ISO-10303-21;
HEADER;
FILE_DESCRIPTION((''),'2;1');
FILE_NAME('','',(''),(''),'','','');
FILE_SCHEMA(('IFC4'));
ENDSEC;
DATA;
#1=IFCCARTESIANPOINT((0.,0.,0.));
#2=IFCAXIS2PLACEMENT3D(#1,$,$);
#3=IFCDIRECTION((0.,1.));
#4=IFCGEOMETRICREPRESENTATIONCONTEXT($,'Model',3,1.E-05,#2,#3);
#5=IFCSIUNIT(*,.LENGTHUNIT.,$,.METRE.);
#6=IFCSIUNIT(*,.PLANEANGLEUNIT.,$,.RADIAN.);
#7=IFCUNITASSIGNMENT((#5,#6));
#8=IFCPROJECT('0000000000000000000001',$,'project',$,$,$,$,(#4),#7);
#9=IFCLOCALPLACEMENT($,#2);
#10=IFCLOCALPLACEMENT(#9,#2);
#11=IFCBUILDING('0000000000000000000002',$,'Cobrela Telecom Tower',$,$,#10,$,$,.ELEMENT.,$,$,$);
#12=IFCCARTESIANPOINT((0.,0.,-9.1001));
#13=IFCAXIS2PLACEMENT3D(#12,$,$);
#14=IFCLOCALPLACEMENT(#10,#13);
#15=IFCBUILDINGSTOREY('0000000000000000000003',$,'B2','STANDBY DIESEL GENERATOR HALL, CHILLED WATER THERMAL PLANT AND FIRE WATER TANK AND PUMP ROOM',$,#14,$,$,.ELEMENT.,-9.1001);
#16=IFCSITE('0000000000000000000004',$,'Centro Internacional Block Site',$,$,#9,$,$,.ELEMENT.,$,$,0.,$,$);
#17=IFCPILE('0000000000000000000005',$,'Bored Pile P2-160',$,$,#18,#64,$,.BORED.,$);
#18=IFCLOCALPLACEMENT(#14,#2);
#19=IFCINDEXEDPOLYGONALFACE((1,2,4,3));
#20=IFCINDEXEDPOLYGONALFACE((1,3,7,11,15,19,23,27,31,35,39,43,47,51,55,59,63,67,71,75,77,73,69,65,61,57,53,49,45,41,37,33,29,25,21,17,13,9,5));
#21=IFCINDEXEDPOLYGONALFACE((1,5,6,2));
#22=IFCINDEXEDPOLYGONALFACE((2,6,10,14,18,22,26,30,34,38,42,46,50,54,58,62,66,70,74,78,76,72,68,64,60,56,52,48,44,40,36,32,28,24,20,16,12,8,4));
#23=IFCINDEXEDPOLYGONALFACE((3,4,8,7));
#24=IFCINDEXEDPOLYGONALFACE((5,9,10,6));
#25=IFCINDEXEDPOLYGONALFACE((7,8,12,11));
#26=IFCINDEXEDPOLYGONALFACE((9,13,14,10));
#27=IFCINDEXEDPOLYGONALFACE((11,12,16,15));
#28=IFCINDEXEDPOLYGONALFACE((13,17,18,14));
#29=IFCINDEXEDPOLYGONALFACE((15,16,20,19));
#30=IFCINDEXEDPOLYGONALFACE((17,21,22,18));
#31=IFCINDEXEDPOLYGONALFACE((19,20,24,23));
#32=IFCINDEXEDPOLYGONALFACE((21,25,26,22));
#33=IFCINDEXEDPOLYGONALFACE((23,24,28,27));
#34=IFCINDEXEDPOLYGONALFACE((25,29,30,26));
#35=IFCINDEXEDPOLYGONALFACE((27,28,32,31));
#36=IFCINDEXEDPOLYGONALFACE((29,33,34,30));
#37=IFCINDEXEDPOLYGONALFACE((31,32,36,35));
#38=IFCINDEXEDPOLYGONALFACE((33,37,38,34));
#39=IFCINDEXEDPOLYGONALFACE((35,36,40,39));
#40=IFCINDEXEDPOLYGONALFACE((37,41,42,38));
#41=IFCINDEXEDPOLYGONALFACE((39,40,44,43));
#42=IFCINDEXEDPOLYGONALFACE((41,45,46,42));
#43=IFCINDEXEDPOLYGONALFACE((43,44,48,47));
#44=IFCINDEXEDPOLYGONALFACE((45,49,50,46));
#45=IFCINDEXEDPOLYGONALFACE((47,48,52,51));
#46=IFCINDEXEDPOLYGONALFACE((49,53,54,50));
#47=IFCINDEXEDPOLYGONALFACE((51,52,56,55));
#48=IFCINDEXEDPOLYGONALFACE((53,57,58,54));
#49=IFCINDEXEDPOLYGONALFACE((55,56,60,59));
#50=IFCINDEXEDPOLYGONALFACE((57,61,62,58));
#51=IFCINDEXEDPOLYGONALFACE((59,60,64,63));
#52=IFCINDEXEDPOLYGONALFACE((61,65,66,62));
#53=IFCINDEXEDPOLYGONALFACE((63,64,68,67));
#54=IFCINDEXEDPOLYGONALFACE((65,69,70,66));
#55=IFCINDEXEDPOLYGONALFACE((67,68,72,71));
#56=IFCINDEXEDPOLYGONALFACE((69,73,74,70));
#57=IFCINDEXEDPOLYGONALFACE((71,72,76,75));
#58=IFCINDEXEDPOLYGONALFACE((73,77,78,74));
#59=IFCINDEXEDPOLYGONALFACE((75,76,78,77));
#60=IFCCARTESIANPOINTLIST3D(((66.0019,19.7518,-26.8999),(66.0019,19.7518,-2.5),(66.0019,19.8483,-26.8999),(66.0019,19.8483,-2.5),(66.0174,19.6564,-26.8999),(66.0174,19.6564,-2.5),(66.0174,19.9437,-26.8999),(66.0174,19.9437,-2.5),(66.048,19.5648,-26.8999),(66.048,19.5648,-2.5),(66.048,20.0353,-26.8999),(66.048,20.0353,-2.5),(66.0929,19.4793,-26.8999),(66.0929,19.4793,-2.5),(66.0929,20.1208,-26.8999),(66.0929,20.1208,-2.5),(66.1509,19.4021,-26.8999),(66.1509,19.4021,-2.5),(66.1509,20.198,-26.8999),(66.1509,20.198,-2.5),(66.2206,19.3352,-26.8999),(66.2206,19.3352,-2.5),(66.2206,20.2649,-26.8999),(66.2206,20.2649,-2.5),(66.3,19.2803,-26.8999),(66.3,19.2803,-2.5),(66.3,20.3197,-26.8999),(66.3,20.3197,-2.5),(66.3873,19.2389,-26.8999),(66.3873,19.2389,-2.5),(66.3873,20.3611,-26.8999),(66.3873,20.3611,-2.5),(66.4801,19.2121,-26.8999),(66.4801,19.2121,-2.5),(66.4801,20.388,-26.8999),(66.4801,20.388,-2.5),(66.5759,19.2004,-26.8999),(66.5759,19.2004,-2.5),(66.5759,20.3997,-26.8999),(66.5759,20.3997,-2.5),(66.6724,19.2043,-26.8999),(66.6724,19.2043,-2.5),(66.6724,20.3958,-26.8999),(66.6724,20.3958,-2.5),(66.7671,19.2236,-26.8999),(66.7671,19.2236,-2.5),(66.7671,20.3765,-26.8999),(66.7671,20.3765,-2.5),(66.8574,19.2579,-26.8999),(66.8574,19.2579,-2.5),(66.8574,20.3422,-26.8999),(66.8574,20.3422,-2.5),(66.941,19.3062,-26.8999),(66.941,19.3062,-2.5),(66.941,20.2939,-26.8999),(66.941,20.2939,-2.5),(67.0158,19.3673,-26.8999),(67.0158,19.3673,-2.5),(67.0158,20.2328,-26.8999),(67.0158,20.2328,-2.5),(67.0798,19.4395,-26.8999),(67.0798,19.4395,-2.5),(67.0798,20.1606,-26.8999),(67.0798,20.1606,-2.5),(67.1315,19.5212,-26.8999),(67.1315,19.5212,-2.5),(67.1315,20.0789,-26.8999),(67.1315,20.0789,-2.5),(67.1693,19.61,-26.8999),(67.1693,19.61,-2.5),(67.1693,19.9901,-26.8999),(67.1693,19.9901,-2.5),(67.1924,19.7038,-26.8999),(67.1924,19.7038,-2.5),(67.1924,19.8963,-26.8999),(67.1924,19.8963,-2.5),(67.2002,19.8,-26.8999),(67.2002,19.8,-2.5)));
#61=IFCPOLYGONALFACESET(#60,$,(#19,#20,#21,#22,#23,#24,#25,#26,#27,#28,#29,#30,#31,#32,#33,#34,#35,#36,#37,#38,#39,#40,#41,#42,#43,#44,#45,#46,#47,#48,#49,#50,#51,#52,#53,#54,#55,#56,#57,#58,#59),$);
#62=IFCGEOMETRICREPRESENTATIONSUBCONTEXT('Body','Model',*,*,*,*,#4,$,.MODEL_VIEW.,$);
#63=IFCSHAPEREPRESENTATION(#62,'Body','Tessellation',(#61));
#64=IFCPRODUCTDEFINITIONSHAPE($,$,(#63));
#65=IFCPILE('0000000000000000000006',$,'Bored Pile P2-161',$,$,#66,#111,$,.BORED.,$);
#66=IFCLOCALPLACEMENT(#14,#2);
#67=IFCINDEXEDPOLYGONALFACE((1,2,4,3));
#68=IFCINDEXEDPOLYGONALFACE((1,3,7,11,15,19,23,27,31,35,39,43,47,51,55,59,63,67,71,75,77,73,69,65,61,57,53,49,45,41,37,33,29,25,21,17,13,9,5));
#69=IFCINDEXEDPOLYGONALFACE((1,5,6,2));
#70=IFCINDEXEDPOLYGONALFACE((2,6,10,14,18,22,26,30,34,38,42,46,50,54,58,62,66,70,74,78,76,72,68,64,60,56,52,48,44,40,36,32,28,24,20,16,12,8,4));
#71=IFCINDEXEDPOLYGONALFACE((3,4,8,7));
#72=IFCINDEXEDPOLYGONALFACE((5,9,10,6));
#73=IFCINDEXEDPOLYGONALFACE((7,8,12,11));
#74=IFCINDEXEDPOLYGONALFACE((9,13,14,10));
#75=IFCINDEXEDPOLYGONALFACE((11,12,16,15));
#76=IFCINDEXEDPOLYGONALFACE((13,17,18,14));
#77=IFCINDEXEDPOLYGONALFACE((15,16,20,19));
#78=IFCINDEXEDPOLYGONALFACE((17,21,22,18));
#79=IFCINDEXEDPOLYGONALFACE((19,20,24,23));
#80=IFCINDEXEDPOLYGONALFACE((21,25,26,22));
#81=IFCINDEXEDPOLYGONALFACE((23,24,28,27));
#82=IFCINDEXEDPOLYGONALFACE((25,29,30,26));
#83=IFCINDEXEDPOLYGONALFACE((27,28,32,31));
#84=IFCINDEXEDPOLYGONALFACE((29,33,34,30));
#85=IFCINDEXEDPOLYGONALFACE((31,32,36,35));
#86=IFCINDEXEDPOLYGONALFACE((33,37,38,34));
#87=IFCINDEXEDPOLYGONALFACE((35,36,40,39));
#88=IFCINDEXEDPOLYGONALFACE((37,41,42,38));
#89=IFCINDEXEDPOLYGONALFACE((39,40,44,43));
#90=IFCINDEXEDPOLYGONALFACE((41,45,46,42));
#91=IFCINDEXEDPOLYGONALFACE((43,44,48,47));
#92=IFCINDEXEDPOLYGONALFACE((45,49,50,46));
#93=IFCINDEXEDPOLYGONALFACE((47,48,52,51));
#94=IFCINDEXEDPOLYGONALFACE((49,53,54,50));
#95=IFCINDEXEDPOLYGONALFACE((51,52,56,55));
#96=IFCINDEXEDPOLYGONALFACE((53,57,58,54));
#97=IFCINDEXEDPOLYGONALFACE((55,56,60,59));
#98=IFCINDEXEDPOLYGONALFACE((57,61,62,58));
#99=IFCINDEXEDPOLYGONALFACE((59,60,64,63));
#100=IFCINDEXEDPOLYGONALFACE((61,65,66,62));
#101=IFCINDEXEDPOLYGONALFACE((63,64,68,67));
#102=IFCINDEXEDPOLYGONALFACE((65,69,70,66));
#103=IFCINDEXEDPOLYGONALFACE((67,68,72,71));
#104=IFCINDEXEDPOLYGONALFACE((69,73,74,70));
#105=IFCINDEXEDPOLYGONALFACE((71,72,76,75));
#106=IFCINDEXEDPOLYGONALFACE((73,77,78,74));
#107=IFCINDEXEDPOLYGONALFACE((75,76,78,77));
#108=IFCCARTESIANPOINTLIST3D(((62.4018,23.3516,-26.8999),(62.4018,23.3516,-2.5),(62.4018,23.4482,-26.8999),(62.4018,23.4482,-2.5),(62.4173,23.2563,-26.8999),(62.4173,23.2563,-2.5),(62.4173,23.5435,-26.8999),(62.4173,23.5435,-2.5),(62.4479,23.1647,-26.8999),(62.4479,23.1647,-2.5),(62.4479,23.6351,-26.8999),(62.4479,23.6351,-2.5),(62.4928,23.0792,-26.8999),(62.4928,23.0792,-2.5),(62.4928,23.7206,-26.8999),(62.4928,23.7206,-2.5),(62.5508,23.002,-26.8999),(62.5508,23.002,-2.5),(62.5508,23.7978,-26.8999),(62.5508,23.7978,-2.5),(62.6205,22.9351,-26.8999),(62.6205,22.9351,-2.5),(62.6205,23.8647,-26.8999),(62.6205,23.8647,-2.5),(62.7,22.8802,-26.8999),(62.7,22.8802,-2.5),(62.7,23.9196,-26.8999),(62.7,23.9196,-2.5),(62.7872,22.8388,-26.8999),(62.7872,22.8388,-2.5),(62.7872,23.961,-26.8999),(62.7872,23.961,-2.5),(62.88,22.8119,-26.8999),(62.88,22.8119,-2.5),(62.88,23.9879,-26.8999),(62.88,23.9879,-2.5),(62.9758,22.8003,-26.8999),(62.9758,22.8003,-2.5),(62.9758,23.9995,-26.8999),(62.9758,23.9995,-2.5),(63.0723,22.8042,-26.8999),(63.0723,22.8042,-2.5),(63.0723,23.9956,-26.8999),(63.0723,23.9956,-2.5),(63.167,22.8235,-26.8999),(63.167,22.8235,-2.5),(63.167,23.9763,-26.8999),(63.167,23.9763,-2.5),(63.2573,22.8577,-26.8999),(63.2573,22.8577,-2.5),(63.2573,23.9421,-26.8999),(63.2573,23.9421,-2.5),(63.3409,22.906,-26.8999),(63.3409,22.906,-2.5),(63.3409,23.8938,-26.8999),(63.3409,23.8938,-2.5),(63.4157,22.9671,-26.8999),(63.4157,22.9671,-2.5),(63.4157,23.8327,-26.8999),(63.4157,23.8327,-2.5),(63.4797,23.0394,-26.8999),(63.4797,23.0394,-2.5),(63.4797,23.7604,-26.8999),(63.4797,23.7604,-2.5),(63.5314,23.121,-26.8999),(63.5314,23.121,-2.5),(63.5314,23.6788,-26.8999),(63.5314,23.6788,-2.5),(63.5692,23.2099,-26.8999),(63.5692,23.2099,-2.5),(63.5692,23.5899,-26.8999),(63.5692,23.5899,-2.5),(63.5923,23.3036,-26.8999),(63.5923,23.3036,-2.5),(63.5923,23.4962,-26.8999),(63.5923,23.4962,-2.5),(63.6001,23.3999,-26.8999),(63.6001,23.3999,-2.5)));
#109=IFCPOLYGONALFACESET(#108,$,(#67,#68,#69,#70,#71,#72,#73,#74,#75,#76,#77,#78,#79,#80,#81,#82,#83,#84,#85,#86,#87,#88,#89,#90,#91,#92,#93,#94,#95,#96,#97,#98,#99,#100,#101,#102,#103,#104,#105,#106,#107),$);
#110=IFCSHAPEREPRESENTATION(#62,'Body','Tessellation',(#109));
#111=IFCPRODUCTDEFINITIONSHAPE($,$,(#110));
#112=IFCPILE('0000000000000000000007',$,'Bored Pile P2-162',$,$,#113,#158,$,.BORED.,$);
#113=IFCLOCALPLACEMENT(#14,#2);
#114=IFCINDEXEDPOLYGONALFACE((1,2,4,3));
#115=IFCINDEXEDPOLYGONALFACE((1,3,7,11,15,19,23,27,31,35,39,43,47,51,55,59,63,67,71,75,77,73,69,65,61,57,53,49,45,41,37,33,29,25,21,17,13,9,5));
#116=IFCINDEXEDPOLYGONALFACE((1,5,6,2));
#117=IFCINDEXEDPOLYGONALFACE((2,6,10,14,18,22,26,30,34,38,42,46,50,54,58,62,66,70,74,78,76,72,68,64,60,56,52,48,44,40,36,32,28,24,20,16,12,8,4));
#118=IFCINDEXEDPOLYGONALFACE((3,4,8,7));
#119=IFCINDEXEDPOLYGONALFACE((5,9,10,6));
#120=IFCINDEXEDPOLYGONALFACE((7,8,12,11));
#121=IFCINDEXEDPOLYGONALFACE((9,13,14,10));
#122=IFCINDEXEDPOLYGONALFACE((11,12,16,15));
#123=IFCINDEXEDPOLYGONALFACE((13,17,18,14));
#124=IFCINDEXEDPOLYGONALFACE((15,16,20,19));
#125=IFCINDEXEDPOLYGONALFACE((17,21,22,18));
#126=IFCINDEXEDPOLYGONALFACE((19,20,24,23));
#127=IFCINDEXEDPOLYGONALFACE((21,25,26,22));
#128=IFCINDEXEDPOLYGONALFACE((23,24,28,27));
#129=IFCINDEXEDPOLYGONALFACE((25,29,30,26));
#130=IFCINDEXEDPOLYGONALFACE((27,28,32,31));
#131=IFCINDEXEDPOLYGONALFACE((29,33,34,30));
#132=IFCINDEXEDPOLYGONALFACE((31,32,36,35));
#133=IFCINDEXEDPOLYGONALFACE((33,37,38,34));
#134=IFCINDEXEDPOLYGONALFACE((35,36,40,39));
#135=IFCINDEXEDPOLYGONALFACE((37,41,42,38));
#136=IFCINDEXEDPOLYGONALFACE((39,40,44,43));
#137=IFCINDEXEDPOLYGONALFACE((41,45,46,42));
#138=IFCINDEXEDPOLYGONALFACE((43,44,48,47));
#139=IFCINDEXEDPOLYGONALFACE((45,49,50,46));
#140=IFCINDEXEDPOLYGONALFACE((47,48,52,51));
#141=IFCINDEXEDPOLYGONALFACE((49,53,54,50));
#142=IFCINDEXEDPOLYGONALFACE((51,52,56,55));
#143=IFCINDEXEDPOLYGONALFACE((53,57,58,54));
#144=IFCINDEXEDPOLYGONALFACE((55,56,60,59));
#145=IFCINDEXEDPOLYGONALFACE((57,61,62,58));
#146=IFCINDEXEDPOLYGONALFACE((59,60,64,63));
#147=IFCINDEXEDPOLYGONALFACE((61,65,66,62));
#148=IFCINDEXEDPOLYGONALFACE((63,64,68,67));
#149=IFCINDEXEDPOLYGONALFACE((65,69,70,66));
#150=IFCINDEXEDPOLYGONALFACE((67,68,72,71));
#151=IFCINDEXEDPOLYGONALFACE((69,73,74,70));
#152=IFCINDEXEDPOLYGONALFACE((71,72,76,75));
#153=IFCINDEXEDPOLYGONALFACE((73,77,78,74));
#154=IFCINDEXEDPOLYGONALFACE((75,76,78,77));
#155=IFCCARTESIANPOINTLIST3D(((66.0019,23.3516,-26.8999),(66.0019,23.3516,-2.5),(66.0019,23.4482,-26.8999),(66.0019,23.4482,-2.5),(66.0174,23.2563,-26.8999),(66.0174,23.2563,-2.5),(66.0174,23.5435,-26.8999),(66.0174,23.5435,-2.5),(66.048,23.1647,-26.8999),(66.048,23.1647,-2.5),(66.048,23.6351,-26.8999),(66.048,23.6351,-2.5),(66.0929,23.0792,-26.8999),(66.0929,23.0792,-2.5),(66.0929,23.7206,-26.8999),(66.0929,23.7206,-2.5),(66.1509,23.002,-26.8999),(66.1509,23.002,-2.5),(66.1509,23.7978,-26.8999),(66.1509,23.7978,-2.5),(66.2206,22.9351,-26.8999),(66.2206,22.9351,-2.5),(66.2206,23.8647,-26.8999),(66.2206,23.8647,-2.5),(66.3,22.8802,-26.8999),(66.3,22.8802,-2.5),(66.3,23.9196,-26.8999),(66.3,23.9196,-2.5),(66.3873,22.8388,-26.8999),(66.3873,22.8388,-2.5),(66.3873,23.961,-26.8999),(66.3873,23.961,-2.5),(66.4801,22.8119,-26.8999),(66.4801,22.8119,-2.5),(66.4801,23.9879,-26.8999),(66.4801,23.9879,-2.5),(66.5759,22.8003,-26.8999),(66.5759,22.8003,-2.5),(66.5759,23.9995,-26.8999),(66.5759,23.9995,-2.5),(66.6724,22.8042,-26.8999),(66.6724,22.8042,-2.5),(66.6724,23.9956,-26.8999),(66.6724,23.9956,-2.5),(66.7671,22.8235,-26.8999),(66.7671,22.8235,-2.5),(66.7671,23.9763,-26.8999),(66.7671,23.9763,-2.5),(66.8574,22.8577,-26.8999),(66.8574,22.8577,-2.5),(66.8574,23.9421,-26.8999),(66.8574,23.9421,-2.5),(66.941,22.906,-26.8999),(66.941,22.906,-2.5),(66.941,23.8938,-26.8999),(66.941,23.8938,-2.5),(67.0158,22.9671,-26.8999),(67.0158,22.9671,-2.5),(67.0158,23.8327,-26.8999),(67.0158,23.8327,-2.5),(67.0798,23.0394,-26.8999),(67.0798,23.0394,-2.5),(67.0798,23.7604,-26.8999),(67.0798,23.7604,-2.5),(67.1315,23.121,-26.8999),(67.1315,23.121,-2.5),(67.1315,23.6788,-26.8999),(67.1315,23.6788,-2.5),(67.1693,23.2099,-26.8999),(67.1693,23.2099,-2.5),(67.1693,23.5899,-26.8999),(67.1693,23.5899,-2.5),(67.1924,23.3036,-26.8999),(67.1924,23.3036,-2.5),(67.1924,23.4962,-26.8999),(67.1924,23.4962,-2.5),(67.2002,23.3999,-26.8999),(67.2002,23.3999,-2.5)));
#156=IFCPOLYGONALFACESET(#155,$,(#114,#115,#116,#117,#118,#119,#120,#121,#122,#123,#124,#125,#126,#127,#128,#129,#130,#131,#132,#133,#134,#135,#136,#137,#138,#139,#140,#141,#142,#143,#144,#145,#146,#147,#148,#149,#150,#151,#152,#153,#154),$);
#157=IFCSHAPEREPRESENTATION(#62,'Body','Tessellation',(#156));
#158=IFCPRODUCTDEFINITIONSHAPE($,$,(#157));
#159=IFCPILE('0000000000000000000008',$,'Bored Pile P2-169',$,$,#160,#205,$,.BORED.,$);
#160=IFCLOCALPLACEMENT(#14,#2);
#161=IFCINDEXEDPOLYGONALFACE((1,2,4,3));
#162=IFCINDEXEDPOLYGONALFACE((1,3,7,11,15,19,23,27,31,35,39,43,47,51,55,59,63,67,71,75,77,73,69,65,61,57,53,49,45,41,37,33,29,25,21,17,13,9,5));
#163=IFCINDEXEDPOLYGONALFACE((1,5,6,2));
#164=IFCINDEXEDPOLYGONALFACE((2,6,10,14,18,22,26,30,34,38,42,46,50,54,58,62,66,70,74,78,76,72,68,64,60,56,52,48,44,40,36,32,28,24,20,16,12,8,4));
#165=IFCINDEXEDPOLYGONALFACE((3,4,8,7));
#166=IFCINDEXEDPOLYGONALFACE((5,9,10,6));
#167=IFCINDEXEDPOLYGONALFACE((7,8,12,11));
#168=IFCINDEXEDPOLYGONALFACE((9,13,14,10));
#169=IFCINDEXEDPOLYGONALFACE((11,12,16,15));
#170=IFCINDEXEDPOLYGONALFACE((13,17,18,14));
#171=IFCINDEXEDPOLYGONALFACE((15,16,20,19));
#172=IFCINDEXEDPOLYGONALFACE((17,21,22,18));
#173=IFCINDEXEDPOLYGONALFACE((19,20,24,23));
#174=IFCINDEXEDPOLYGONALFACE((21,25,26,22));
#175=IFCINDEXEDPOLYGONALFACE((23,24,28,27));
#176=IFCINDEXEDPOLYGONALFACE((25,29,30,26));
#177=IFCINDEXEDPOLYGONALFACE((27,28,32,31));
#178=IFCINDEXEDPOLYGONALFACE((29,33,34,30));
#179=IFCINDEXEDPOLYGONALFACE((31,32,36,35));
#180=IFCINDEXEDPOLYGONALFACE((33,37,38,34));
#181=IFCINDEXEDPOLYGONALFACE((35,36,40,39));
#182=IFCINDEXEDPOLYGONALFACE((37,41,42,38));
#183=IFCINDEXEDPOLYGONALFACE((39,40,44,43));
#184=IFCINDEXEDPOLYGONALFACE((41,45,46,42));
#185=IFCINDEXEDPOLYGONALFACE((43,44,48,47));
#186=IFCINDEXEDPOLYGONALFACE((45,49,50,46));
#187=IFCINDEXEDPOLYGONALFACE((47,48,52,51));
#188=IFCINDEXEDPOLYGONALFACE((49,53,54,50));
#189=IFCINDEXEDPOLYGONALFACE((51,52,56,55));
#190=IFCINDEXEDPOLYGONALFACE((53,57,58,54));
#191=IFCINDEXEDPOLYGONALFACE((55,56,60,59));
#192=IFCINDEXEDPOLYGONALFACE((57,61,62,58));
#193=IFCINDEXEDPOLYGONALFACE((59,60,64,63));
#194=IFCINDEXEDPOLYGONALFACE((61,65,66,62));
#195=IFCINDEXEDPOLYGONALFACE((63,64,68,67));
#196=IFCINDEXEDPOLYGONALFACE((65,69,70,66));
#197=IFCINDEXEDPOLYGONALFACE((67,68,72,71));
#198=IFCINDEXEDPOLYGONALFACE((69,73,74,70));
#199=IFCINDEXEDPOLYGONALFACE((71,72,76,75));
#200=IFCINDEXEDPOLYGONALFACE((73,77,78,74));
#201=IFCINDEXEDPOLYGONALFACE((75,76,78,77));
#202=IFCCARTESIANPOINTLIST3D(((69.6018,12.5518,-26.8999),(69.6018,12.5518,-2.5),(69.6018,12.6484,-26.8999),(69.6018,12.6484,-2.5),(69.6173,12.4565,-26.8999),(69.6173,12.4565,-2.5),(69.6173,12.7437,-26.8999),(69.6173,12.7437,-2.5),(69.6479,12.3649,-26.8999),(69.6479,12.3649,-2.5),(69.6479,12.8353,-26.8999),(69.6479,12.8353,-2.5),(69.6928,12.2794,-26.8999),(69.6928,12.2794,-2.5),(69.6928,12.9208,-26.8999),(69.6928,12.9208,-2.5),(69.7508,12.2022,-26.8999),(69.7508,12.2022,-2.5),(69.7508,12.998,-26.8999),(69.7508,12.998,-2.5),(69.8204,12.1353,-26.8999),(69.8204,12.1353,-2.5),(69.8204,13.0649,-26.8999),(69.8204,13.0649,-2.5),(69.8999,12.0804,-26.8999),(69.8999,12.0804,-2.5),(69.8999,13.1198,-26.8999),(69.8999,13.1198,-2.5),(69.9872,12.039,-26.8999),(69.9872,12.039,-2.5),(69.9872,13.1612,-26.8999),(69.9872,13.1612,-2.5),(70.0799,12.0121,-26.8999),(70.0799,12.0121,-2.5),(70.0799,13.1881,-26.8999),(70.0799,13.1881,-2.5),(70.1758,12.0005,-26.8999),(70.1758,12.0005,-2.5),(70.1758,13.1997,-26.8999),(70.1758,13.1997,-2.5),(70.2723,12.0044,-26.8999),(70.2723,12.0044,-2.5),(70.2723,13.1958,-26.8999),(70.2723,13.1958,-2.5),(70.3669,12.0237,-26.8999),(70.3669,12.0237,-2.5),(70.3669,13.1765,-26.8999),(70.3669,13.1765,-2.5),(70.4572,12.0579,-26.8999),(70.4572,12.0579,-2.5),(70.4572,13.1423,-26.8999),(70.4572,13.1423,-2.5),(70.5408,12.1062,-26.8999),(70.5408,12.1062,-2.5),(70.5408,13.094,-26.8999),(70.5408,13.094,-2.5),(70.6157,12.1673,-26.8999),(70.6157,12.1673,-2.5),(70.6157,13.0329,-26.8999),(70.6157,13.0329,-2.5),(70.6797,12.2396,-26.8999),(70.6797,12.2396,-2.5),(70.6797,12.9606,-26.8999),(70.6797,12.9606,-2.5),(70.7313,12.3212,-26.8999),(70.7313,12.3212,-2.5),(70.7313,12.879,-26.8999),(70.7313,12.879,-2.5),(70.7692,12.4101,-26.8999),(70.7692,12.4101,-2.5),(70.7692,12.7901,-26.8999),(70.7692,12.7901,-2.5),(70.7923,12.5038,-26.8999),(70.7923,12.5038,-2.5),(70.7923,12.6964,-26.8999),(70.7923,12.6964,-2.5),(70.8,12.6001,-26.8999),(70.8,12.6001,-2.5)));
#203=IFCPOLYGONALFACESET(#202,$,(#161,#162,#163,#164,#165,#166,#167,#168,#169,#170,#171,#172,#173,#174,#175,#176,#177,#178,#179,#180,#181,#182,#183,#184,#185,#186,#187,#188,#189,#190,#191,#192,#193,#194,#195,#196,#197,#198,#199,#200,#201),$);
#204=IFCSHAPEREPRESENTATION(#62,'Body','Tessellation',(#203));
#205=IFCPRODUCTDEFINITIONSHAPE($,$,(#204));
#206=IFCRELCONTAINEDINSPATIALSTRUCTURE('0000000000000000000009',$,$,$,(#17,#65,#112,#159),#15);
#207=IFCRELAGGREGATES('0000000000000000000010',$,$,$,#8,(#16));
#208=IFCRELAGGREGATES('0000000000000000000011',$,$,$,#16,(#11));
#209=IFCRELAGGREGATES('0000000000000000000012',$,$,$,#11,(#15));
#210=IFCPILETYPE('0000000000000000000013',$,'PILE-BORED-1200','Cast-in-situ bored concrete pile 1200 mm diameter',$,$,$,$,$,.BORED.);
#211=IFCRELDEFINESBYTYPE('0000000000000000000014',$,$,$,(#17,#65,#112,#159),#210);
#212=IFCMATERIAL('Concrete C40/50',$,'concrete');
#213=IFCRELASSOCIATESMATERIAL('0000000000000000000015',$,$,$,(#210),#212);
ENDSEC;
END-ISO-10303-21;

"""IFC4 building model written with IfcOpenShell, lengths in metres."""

from ifc_helpers import new_model, si_unit, direction, frame, origin, origin_2d, place, context, subcontext, project, spatial, circle, extrude, material, material_profile, profile_set, type_object, element, save


model = new_model("IFC4")

# Units and contexts
model_context = context("Model", 3, precision=1e-05, world=origin(), true_north=direction((0.0, 1.0)))
body_context = subcontext(model_context, "Body", "Model", "MODEL_VIEW")
ifc_project = project(units=[si_unit("LENGTHUNIT", "METRE"), si_unit("PLANEANGLEUNIT", "RADIAN")], contexts=[model_context])

# Site, building, storey
site_placement = place(None, origin())
site = spatial("IfcSite", under=ifc_project, at=site_placement, Name="Centro Internacional Block Site", CompositionType="ELEMENT", RefElevation=0.0)
building_placement = place(site_placement, origin())
building = spatial("IfcBuilding", under=site, at=building_placement, Name="Cobrela Telecom Tower", CompositionType="ELEMENT")
storey_placement = place(building_placement, frame((0.0, 0.0, -9.1001)))
storey = spatial("IfcBuildingStorey", under=building, at=storey_placement, Name="B2", Description="STANDBY DIESEL GENERATOR HALL, CHILLED WATER THERMAL PLANT AND FIRE WATER TANK AND PUMP ROOM", CompositionType="ELEMENT", Elevation=-9.1001)

# Shared definitions
ifc_material_1 = material(Name="Concrete C40/50", Category="concrete")

# Piles
ifc_material_profile_1 = material_profile(ifc_material_1, circle(Radius=0.6001, at=origin_2d()), Name="BORED PILE D1200")
ifc_profile_set_1 = profile_set([ifc_material_profile_1], Name="Concrete C40/50")
pile_type = type_object("IfcPileType", Name="PILE-BORED-1200", Description="Cast-in-situ bored concrete pile 1200 mm diameter", PredefinedType="BORED", material=ifc_profile_set_1)
for number, where, z_axis, x_axis, name in (
    (1, (66.6001, 19.8, -2.5), (0.0, 0.0, -1.0), (1.0, 0.0, 0.0), "Bored Pile P2-160"),
    (2, (63.0, 23.3999, -2.5), (0.0, 0.0, -1.0), (1.0, 0.0, 0.0), "Bored Pile P2-161"),
    (3, (66.6001, 23.3999, -2.5), (0.0, 0.0, -1.0), (1.0, 0.0, 0.0), "Bored Pile P2-162"),
    (4, (70.2, 12.6001, -2.5), (0.0, 0.0, -1.0), (1.0, 0.0, 0.0), "Bored Pile P2-169"),
):
    element("IfcPile", number, at=place(storey_placement, frame(where, z_axis=z_axis, x_axis=x_axis)), inside=storey, type_object=pile_type, Name=name, PredefinedType="BORED", context=body_context, shape_type="SweptSolid", body=[
        extrude(circle(Radius=0.6001, at=origin_2d()), origin(), (0.0, 0.0, 1.0), 24.3999),
    ])

save(model, "model.ifc")
